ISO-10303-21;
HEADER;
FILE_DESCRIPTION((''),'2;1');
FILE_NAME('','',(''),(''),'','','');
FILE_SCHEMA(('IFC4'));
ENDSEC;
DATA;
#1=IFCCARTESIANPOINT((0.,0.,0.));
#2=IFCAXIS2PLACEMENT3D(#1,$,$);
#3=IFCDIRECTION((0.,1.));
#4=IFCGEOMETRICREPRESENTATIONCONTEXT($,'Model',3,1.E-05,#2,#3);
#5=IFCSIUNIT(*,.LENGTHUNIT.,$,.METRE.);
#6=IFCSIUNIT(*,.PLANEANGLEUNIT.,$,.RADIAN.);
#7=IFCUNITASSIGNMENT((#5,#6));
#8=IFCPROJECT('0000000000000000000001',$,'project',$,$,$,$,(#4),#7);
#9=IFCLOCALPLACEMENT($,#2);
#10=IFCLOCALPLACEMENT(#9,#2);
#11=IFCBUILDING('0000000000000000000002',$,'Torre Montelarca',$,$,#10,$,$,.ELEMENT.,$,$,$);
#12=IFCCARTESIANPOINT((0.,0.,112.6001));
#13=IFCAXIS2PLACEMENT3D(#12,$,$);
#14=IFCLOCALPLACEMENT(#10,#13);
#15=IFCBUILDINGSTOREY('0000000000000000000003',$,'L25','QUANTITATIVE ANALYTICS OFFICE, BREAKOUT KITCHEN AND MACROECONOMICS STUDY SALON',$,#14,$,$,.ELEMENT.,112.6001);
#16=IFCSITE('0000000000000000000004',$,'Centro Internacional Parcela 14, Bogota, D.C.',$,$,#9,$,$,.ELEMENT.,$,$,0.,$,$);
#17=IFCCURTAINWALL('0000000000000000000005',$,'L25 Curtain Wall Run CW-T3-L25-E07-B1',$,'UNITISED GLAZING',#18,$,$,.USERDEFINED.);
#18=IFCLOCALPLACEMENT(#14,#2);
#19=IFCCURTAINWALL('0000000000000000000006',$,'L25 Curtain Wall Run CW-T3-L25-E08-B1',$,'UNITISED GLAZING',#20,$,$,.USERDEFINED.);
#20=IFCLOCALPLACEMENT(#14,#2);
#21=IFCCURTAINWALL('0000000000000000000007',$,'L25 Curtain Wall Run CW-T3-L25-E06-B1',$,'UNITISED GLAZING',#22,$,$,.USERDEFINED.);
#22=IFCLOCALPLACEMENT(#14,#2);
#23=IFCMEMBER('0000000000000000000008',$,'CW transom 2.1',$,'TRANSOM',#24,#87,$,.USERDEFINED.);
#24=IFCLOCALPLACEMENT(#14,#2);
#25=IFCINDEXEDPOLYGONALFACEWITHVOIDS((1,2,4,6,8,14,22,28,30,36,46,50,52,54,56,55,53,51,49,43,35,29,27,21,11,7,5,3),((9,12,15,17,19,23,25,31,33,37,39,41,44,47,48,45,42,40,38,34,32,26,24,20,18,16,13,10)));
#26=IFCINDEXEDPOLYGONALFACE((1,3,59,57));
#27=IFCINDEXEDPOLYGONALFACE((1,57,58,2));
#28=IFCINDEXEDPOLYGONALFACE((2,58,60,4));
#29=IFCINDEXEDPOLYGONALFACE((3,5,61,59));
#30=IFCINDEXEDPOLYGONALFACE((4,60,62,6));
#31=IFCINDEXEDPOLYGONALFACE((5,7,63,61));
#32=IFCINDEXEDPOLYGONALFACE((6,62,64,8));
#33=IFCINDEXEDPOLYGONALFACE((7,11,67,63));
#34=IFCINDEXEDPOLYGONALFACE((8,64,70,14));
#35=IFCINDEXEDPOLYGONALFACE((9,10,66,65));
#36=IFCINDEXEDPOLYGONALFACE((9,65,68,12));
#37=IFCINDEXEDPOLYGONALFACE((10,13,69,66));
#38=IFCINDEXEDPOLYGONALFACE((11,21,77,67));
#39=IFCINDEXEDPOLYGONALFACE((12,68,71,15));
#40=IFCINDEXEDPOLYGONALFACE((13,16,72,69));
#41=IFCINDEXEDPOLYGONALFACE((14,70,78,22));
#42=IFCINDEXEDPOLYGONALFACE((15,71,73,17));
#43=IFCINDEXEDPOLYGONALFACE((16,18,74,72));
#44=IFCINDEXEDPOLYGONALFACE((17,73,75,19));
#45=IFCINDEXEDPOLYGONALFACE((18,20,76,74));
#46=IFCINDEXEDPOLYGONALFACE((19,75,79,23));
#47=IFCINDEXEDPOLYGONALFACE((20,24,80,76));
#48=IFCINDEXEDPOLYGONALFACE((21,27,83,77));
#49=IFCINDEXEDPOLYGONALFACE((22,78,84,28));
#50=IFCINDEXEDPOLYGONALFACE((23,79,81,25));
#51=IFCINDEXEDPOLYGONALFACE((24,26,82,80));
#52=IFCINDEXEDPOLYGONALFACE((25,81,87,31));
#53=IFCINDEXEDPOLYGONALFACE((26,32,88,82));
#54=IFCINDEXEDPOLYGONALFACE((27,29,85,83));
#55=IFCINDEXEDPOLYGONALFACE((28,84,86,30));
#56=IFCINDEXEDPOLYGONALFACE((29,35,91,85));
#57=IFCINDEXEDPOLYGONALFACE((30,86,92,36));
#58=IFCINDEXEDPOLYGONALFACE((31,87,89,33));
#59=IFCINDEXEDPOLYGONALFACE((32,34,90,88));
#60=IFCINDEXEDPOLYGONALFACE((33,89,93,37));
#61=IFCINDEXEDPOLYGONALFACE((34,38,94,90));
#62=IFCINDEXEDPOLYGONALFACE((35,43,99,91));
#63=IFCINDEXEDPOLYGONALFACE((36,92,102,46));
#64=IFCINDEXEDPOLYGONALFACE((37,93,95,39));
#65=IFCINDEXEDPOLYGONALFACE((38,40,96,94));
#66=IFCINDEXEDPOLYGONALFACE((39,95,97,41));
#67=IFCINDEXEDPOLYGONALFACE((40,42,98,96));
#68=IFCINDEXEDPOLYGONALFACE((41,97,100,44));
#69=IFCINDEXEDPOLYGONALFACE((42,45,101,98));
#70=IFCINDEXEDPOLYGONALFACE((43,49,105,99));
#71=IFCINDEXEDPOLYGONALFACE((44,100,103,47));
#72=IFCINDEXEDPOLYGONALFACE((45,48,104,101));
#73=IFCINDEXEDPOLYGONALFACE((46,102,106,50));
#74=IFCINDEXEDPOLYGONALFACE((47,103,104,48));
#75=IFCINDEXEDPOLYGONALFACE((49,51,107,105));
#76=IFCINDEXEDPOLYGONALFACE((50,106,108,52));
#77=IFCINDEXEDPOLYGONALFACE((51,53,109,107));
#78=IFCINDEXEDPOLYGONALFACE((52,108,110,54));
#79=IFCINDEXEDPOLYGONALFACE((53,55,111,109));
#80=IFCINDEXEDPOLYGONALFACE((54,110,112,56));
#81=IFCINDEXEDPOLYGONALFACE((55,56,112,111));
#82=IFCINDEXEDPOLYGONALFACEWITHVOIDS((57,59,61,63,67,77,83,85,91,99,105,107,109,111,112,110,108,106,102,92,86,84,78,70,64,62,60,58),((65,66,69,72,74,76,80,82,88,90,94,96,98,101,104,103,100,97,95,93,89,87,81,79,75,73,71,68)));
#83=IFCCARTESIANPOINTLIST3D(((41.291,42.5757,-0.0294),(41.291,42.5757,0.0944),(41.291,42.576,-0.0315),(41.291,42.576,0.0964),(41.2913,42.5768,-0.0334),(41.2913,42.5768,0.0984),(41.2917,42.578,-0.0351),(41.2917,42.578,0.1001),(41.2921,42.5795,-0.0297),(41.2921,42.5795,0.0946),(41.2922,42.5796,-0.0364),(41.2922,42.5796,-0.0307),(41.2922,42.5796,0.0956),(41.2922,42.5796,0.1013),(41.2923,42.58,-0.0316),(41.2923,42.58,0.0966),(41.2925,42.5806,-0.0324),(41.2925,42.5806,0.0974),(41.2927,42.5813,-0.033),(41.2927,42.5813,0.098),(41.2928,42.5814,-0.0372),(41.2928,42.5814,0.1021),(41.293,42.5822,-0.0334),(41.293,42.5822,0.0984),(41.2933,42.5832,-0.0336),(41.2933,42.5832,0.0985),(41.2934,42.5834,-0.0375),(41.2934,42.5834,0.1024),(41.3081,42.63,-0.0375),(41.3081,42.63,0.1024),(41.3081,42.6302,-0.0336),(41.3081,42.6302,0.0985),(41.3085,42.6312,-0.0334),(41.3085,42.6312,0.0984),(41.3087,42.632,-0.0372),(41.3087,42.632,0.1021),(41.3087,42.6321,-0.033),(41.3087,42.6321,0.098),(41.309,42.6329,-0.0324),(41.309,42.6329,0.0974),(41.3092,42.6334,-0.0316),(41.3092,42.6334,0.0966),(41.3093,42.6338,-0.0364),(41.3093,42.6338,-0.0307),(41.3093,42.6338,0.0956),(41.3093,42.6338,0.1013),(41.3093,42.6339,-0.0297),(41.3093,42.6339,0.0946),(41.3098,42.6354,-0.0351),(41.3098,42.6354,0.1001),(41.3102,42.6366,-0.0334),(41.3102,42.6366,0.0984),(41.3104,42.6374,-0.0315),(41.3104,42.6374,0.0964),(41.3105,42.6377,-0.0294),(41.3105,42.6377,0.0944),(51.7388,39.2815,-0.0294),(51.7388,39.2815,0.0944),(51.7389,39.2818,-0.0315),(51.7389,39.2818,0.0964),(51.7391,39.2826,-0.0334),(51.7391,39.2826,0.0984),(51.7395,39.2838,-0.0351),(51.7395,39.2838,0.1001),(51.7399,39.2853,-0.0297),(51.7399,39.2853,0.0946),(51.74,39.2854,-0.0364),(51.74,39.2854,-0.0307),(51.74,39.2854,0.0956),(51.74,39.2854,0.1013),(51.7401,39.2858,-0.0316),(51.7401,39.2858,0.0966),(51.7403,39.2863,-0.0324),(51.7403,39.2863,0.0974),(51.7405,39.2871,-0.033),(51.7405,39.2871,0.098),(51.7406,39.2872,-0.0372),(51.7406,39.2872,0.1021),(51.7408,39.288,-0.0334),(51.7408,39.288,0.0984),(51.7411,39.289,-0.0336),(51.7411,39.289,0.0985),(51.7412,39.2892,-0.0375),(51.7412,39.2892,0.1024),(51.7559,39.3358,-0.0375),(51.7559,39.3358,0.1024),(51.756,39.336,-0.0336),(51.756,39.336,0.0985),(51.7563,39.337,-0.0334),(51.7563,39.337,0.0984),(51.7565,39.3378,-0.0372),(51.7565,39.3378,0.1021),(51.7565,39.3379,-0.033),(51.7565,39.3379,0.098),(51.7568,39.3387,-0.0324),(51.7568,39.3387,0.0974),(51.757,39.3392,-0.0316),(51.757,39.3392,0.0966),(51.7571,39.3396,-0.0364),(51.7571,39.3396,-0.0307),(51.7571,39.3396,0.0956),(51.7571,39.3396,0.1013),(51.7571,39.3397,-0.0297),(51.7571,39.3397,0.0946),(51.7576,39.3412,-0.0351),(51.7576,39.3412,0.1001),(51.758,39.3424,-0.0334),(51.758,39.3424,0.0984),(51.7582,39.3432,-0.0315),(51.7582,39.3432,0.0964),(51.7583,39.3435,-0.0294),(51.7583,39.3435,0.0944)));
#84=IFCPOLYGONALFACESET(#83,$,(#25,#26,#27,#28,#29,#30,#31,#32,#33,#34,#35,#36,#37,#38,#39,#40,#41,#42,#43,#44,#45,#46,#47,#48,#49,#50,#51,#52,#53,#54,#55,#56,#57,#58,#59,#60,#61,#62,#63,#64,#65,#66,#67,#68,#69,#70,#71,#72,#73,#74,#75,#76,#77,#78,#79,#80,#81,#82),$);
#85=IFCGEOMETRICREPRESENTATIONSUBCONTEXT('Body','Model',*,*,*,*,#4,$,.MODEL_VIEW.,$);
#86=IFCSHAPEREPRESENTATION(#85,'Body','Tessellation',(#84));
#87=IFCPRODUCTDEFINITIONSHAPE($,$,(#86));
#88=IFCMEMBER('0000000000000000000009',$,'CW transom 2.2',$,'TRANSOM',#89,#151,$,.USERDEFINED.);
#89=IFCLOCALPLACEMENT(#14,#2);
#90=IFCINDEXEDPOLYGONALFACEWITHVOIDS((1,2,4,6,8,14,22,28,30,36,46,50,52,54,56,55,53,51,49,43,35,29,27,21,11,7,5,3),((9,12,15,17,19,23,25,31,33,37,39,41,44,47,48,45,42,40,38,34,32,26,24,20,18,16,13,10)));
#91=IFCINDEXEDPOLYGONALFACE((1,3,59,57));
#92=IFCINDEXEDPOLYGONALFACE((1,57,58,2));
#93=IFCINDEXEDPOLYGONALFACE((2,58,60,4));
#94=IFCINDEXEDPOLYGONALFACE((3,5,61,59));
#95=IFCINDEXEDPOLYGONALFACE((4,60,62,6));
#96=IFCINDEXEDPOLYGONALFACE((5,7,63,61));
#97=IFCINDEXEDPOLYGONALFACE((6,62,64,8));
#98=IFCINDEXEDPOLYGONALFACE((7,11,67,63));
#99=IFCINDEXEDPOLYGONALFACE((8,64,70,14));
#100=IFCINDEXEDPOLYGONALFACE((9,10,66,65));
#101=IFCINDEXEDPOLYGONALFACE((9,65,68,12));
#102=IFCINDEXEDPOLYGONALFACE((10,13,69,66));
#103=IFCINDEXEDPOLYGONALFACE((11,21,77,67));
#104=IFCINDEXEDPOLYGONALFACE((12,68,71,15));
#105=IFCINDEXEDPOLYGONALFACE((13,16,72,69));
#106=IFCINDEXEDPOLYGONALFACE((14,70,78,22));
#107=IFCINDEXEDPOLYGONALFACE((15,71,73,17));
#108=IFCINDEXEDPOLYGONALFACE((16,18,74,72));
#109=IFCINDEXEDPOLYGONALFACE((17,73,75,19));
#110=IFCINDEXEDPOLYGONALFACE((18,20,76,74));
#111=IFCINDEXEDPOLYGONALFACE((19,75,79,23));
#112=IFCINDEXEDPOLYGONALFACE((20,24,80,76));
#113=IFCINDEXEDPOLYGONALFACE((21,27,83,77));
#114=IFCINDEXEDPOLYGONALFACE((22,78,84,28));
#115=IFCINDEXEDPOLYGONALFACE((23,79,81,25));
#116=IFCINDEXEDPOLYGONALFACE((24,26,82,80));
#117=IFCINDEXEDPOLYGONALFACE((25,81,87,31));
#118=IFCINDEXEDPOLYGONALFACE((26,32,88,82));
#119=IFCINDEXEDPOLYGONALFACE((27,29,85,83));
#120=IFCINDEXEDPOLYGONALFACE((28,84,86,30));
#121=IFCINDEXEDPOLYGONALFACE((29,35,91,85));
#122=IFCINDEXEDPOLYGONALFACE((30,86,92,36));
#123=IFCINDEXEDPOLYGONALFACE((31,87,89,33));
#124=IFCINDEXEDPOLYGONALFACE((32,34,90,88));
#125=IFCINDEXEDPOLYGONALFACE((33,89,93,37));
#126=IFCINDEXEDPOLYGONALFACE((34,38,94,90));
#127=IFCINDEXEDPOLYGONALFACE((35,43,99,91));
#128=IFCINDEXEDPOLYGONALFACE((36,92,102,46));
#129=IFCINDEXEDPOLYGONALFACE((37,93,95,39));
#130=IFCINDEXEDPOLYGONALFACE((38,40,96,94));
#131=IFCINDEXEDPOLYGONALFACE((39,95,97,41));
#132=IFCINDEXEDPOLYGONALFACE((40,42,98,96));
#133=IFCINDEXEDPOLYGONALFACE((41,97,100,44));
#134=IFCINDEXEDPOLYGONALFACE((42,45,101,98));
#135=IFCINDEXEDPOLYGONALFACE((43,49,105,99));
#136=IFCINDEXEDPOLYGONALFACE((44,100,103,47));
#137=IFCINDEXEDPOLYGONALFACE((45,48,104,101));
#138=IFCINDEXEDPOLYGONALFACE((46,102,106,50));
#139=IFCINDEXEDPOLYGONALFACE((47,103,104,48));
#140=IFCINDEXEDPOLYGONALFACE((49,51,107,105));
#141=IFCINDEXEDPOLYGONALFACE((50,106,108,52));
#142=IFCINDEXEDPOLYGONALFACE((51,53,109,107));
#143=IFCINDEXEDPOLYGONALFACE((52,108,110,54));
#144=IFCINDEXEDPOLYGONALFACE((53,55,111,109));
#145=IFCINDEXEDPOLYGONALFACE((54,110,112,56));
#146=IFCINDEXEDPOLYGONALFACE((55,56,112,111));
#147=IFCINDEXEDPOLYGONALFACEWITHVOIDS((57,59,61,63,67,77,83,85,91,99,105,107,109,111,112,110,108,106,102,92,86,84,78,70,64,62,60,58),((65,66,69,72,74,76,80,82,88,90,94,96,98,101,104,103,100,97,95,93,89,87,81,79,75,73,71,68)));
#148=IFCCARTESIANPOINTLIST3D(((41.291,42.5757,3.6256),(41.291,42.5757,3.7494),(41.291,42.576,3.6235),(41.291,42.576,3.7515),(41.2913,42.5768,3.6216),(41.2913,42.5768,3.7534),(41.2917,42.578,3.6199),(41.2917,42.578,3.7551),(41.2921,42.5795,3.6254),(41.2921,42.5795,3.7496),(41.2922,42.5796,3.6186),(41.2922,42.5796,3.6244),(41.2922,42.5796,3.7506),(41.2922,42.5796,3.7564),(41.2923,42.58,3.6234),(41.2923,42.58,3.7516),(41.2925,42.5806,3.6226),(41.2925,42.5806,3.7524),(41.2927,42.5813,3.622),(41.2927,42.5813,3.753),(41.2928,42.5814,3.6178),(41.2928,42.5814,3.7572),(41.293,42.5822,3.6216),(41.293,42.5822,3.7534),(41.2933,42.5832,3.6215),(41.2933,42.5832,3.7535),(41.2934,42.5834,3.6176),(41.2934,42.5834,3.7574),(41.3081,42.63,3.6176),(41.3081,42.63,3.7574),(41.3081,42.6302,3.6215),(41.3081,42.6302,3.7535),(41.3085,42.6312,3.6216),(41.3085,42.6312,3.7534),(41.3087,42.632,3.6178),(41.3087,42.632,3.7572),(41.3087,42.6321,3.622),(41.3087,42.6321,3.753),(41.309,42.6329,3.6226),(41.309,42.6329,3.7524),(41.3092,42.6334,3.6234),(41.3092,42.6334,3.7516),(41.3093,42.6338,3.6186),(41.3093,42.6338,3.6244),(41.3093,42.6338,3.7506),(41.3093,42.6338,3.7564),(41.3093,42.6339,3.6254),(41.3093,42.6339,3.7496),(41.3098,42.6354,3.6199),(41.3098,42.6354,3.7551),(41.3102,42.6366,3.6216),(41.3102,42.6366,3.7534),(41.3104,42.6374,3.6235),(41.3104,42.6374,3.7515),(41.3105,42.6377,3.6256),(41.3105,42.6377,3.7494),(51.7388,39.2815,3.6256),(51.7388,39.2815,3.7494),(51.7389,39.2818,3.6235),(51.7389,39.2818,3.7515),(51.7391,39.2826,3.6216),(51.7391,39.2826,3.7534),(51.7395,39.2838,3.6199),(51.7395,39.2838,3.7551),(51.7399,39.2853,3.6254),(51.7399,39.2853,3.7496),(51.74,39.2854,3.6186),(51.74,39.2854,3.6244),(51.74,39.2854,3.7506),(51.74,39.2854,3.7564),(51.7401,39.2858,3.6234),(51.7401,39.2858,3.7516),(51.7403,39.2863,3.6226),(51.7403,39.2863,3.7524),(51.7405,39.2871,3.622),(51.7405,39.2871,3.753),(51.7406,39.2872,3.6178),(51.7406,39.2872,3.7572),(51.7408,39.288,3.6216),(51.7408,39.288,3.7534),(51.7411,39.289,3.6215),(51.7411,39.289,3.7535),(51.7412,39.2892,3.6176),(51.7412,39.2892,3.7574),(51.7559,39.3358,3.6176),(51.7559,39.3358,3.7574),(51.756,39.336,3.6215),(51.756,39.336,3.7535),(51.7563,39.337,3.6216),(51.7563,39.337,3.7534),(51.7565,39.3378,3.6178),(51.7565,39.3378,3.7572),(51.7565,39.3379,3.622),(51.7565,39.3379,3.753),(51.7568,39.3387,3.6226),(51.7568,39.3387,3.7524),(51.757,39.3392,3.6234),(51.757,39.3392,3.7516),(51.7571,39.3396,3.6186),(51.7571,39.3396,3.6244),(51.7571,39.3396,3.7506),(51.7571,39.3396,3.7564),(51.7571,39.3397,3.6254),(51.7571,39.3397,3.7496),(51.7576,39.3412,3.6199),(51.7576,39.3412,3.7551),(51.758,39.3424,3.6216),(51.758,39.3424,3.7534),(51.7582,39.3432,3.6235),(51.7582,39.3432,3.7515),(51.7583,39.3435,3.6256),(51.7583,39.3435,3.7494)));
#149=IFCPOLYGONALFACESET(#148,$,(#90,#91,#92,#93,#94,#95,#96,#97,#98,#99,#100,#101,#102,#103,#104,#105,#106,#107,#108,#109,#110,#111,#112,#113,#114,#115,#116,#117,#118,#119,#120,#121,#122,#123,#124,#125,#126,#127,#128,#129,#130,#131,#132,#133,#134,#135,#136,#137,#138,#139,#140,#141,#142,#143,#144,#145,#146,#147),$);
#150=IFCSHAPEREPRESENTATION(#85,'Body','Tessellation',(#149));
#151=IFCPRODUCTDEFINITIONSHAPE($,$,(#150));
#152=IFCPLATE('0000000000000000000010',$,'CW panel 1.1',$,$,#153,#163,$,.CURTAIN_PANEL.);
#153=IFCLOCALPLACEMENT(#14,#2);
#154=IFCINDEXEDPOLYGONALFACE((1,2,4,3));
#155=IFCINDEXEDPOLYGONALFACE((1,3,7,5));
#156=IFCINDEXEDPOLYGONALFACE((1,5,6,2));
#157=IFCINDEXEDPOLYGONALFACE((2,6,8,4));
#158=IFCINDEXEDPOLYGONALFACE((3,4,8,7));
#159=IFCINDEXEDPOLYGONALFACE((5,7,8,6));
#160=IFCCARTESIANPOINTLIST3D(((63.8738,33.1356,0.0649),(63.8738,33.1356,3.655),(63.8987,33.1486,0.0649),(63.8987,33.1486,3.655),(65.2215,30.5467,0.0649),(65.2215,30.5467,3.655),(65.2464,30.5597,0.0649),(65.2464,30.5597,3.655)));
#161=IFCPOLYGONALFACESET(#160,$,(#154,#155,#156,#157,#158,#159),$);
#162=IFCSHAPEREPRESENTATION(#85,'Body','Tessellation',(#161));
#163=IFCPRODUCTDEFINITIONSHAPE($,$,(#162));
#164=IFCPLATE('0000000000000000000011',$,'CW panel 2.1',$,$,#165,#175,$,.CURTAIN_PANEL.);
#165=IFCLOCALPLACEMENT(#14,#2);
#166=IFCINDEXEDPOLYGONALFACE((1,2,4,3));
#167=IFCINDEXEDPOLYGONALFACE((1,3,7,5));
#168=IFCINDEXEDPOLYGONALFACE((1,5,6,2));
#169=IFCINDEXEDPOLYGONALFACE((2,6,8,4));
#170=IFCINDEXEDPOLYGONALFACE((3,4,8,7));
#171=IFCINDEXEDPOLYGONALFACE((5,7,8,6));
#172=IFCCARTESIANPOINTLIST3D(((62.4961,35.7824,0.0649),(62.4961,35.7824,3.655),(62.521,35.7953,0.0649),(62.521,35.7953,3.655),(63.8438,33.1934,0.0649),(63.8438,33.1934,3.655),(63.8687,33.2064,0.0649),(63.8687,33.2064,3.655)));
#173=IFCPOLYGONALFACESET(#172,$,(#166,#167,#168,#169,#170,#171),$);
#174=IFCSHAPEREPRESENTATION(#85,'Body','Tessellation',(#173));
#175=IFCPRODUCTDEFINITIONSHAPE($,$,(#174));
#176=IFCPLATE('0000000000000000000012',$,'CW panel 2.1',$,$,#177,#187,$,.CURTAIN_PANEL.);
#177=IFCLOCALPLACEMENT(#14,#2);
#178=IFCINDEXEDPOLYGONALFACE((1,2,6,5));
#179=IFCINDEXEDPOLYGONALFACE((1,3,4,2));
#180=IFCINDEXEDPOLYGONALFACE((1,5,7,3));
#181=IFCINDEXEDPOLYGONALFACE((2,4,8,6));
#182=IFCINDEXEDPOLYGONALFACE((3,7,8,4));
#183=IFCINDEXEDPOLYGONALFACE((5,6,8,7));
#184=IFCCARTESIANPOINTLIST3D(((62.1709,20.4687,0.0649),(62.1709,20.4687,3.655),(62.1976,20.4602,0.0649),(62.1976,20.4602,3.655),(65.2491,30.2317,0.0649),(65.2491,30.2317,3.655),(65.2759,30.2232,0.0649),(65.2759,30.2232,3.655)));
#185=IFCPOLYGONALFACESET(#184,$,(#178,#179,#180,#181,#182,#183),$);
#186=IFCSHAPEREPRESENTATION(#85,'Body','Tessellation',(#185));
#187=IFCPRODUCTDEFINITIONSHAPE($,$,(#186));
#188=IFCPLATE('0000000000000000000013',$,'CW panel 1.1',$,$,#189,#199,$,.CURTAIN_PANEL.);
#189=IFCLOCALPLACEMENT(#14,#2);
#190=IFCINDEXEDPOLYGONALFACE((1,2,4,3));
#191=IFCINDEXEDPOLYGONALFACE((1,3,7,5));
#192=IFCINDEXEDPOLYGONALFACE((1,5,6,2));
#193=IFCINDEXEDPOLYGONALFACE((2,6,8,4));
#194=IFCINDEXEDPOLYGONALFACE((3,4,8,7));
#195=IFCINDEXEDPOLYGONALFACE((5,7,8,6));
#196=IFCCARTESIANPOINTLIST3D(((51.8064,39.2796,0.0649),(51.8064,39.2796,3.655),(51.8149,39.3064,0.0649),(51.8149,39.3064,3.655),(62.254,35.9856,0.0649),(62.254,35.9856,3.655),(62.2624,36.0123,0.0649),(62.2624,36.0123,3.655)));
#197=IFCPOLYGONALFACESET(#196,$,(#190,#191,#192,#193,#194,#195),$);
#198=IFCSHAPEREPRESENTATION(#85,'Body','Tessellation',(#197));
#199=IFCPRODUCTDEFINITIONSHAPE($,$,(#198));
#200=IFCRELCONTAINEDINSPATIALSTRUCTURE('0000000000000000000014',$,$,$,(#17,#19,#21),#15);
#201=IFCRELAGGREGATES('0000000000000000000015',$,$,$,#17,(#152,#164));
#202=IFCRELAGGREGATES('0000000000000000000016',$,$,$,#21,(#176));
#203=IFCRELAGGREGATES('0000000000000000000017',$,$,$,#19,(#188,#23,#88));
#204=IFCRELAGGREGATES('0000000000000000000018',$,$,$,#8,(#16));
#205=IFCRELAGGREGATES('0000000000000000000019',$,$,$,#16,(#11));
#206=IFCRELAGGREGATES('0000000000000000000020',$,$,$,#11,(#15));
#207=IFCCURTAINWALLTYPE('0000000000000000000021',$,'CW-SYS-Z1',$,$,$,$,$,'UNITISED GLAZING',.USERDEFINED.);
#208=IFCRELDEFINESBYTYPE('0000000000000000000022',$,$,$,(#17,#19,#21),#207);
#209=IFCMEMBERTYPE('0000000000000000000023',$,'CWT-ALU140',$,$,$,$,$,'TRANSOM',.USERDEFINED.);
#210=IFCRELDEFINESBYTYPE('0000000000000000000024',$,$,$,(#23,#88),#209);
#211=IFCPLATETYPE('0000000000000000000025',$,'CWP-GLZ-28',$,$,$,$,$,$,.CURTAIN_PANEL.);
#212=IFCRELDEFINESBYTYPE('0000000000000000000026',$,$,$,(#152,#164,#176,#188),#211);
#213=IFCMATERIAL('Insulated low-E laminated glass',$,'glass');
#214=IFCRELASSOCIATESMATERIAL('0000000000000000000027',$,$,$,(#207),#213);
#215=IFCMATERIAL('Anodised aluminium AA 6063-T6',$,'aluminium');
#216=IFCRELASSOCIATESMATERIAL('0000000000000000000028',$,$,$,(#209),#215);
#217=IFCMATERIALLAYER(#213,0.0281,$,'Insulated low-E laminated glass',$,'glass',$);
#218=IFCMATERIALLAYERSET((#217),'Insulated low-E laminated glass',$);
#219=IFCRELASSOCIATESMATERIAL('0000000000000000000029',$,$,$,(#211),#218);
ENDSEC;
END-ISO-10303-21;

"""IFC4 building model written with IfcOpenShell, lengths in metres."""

from ifc_helpers import new_model, si_unit, direction, frame, origin, origin_2d, place, context, subcontext, project, spatial, rectangle, hollow_rectangle, extrude, source, transform, mapped, material, layer, layer_set, material_profile, profile_set, type_object, element, aggregate, save


model = new_model("IFC4")

# Units and contexts
model_context = context("Model", 3, precision=1e-05, world=origin(), true_north=direction((0.0, 1.0)))
body_context = subcontext(model_context, "Body", "Model", "MODEL_VIEW")
ifc_project = project(units=[si_unit("LENGTHUNIT", "METRE"), si_unit("PLANEANGLEUNIT", "RADIAN")], contexts=[model_context])

# Site, building, storey
site_placement = place(None, origin())
site = spatial("IfcSite", under=ifc_project, at=site_placement, Name="Centro Internacional Parcela 14, Bogota, D.C.", CompositionType="ELEMENT", RefElevation=0.0)
building_placement = place(site_placement, origin())
building = spatial("IfcBuilding", under=site, at=building_placement, Name="Torre Montelarca", CompositionType="ELEMENT")
storey_placement = place(building_placement, frame((0.0, 0.0, 112.6001)))
storey = spatial("IfcBuildingStorey", under=building, at=storey_placement, Name="L25", Description="QUANTITATIVE ANALYTICS OFFICE, BREAKOUT KITCHEN AND MACROECONOMICS STUDY SALON", CompositionType="ELEMENT", Elevation=112.6001)

# Curtain walls
ifc_material_1 = material(Name="Insulated low-E laminated glass", Category="glass")
curtain_wall_type = type_object("IfcCurtainWallType", Name="CW-SYS-Z1", ElementType="UNITISED GLAZING", PredefinedType="USERDEFINED", material=ifc_material_1)
curtain_wall_1_placement = place(storey_placement, origin())
curtain_wall_1 = element("IfcCurtainWall", 1, at=curtain_wall_1_placement, inside=storey, type_object=curtain_wall_type, Name="L25 Curtain Wall Run CW-T3-L25-E07-B1", ObjectType="UNITISED GLAZING", PredefinedType="USERDEFINED")
ifc_material_2 = material(Name="Anodised aluminium AA 6063-T6", Category="aluminium")
ifc_material_profile_1 = material_profile(ifc_material_2, hollow_rectangle(XDim=0.0649, YDim=0.1399, WallThickness=0.0039, InnerFilletRadius=0.0039, OuterFilletRadius=0.0081, at=origin_2d()), Name="ALU65X140X4", Category="aluminium")
ifc_profile_set_1 = profile_set([ifc_material_profile_1], Name="Anodised aluminium AA 6063-T6")
member_type_1 = type_object("IfcMemberType", Name="CWT-ALU140", ElementType="TRANSOM", PredefinedType="USERDEFINED", material=ifc_profile_set_1)
curtain_wall_2_placement = place(storey_placement, origin())
curtain_wall_2 = element("IfcCurtainWall", 2, at=curtain_wall_2_placement, inside=storey, type_object=curtain_wall_type, Name="L25 Curtain Wall Run CW-T3-L25-E08-B1", ObjectType="UNITISED GLAZING", PredefinedType="USERDEFINED")

# Curtain wall
curtain_wall_3_placement = place(storey_placement, origin())
curtain_wall_3 = element("IfcCurtainWall", 3, at=curtain_wall_3_placement, inside=storey, type_object=curtain_wall_type, Name="L25 Curtain Wall Run CW-T3-L25-E06-B1", ObjectType="UNITISED GLAZING", PredefinedType="USERDEFINED")

# Members
shared_shape_1 = source(origin(), body_context, "Body", "SweptSolid", [
    extrude(hollow_rectangle(XDim=0.0649, YDim=0.1399, WallThickness=0.0039, InnerFilletRadius=0.0039, OuterFilletRadius=0.0081, at=origin_2d()), origin(), (0.0, 0.0, 1.0), 10.9548),
])
member_1_placement = place(storey_placement, frame((51.7485, 39.3125, 0.0325), z_axis=(-0.953716, 0.300708, 0.0), x_axis=(-0.300708, -0.953716, 0.0)))
member_1 = element("IfcMember", 4, at=member_1_placement, type_object=member_type_1, Name="CW transom 2.1", ObjectType="TRANSOM", PredefinedType="USERDEFINED", context=body_context, shape_type="MappedRepresentation", body=[
    mapped(shared_shape_1, transform((0.0, 0.0, 0.0), scale=1.0)),
])
member_2_placement = place(storey_placement, frame((51.7485, 39.3125, 3.6875), z_axis=(-0.953716, 0.300708, 0.0), x_axis=(-0.300708, -0.953716, 0.0)))
member_2 = element("IfcMember", 5, at=member_2_placement, type_object=member_type_1, Name="CW transom 2.2", ObjectType="TRANSOM", PredefinedType="USERDEFINED", context=body_context, shape_type="MappedRepresentation", body=[
    mapped(shared_shape_1, transform((0.0, 0.0, 0.0), scale=1.0)),
])

# Plates
ifc_layer_1 = layer(ifc_material_1, 0.0281, Name="Insulated low-E laminated glass", Category="glass")
ifc_layer_set_1 = layer_set([ifc_layer_1], Name="Insulated low-E laminated glass")
plate_type = type_object("IfcPlateType", Name="CWP-GLZ-28", PredefinedType="CURTAIN_PANEL", material=ifc_layer_set_1)
shared_shape_2 = source(origin(), body_context, "Body", "SweptSolid", [
    extrude(rectangle(XDim=2.9187, YDim=0.0281, at=origin_2d()), origin(), (0.0, 0.0, 1.0), 3.5901),
])
plate_1_placement = place(storey_placement, frame((64.5601, 31.8477, 0.0649), z_axis=(0.0, 0.0, 1.0), x_axis=(-0.461742, 0.887014, 0.0)))
plate_1 = element("IfcPlate", 6, at=plate_1_placement, type_object=plate_type, Name="CW panel 1.1", PredefinedType="CURTAIN_PANEL", context=body_context, shape_type="MappedRepresentation", body=[
    mapped(shared_shape_2, transform((0.0, 0.0, 0.0), scale=1.0)),
])
plate_2_placement = place(storey_placement, frame((63.1824, 34.4944, 0.0649), z_axis=(0.0, 0.0, 1.0), x_axis=(-0.461742, 0.887014, 0.0)))
plate_2 = element("IfcPlate", 7, at=plate_2_placement, type_object=plate_type, Name="CW panel 2.1", PredefinedType="CURTAIN_PANEL", context=body_context, shape_type="MappedRepresentation", body=[
    mapped(shared_shape_2, transform((0.0, 0.0, 0.0), scale=1.0)),
])
aggregate(curtain_wall_1, [plate_1, plate_2])
shared_shape_3 = source(origin(), body_context, "Body", "SweptSolid", [
    extrude(rectangle(XDim=10.2368, YDim=0.0281, at=origin_2d()), origin(), (0.0, 0.0, 1.0), 3.5901),
])
plate_3_placement = place(storey_placement, frame((63.7234, 25.3459, 0.0649), z_axis=(0.0, 0.0, 1.0), x_axis=(0.300706, 0.953717, 0.0)))
plate_3 = element("IfcPlate", 8, at=plate_3_placement, type_object=plate_type, Name="CW panel 2.1", PredefinedType="CURTAIN_PANEL", context=body_context, shape_type="MappedRepresentation", body=[
    mapped(shared_shape_3, transform((0.0, 0.0, 0.0), scale=1.0)),
])
aggregate(curtain_wall_3, [plate_3])
shared_shape_4 = source(origin(), body_context, "Body", "SweptSolid", [
    extrude(rectangle(XDim=10.9546, YDim=0.0281, at=origin_2d()), origin(), (0.0, 0.0, 1.0), 3.5901),
])
plate_4_placement = place(storey_placement, frame((57.0344, 37.646, 0.0649), z_axis=(0.0, 0.0, 1.0), x_axis=(-0.953718, 0.300703, 0.0)))
plate_4 = element("IfcPlate", 9, at=plate_4_placement, type_object=plate_type, Name="CW panel 1.1", PredefinedType="CURTAIN_PANEL", context=body_context, shape_type="MappedRepresentation", body=[
    mapped(shared_shape_4, transform((0.0, 0.0, 0.0), scale=1.0)),
])
aggregate(curtain_wall_2, [plate_4, member_1, member_2])

save(model, "model.ifc")
